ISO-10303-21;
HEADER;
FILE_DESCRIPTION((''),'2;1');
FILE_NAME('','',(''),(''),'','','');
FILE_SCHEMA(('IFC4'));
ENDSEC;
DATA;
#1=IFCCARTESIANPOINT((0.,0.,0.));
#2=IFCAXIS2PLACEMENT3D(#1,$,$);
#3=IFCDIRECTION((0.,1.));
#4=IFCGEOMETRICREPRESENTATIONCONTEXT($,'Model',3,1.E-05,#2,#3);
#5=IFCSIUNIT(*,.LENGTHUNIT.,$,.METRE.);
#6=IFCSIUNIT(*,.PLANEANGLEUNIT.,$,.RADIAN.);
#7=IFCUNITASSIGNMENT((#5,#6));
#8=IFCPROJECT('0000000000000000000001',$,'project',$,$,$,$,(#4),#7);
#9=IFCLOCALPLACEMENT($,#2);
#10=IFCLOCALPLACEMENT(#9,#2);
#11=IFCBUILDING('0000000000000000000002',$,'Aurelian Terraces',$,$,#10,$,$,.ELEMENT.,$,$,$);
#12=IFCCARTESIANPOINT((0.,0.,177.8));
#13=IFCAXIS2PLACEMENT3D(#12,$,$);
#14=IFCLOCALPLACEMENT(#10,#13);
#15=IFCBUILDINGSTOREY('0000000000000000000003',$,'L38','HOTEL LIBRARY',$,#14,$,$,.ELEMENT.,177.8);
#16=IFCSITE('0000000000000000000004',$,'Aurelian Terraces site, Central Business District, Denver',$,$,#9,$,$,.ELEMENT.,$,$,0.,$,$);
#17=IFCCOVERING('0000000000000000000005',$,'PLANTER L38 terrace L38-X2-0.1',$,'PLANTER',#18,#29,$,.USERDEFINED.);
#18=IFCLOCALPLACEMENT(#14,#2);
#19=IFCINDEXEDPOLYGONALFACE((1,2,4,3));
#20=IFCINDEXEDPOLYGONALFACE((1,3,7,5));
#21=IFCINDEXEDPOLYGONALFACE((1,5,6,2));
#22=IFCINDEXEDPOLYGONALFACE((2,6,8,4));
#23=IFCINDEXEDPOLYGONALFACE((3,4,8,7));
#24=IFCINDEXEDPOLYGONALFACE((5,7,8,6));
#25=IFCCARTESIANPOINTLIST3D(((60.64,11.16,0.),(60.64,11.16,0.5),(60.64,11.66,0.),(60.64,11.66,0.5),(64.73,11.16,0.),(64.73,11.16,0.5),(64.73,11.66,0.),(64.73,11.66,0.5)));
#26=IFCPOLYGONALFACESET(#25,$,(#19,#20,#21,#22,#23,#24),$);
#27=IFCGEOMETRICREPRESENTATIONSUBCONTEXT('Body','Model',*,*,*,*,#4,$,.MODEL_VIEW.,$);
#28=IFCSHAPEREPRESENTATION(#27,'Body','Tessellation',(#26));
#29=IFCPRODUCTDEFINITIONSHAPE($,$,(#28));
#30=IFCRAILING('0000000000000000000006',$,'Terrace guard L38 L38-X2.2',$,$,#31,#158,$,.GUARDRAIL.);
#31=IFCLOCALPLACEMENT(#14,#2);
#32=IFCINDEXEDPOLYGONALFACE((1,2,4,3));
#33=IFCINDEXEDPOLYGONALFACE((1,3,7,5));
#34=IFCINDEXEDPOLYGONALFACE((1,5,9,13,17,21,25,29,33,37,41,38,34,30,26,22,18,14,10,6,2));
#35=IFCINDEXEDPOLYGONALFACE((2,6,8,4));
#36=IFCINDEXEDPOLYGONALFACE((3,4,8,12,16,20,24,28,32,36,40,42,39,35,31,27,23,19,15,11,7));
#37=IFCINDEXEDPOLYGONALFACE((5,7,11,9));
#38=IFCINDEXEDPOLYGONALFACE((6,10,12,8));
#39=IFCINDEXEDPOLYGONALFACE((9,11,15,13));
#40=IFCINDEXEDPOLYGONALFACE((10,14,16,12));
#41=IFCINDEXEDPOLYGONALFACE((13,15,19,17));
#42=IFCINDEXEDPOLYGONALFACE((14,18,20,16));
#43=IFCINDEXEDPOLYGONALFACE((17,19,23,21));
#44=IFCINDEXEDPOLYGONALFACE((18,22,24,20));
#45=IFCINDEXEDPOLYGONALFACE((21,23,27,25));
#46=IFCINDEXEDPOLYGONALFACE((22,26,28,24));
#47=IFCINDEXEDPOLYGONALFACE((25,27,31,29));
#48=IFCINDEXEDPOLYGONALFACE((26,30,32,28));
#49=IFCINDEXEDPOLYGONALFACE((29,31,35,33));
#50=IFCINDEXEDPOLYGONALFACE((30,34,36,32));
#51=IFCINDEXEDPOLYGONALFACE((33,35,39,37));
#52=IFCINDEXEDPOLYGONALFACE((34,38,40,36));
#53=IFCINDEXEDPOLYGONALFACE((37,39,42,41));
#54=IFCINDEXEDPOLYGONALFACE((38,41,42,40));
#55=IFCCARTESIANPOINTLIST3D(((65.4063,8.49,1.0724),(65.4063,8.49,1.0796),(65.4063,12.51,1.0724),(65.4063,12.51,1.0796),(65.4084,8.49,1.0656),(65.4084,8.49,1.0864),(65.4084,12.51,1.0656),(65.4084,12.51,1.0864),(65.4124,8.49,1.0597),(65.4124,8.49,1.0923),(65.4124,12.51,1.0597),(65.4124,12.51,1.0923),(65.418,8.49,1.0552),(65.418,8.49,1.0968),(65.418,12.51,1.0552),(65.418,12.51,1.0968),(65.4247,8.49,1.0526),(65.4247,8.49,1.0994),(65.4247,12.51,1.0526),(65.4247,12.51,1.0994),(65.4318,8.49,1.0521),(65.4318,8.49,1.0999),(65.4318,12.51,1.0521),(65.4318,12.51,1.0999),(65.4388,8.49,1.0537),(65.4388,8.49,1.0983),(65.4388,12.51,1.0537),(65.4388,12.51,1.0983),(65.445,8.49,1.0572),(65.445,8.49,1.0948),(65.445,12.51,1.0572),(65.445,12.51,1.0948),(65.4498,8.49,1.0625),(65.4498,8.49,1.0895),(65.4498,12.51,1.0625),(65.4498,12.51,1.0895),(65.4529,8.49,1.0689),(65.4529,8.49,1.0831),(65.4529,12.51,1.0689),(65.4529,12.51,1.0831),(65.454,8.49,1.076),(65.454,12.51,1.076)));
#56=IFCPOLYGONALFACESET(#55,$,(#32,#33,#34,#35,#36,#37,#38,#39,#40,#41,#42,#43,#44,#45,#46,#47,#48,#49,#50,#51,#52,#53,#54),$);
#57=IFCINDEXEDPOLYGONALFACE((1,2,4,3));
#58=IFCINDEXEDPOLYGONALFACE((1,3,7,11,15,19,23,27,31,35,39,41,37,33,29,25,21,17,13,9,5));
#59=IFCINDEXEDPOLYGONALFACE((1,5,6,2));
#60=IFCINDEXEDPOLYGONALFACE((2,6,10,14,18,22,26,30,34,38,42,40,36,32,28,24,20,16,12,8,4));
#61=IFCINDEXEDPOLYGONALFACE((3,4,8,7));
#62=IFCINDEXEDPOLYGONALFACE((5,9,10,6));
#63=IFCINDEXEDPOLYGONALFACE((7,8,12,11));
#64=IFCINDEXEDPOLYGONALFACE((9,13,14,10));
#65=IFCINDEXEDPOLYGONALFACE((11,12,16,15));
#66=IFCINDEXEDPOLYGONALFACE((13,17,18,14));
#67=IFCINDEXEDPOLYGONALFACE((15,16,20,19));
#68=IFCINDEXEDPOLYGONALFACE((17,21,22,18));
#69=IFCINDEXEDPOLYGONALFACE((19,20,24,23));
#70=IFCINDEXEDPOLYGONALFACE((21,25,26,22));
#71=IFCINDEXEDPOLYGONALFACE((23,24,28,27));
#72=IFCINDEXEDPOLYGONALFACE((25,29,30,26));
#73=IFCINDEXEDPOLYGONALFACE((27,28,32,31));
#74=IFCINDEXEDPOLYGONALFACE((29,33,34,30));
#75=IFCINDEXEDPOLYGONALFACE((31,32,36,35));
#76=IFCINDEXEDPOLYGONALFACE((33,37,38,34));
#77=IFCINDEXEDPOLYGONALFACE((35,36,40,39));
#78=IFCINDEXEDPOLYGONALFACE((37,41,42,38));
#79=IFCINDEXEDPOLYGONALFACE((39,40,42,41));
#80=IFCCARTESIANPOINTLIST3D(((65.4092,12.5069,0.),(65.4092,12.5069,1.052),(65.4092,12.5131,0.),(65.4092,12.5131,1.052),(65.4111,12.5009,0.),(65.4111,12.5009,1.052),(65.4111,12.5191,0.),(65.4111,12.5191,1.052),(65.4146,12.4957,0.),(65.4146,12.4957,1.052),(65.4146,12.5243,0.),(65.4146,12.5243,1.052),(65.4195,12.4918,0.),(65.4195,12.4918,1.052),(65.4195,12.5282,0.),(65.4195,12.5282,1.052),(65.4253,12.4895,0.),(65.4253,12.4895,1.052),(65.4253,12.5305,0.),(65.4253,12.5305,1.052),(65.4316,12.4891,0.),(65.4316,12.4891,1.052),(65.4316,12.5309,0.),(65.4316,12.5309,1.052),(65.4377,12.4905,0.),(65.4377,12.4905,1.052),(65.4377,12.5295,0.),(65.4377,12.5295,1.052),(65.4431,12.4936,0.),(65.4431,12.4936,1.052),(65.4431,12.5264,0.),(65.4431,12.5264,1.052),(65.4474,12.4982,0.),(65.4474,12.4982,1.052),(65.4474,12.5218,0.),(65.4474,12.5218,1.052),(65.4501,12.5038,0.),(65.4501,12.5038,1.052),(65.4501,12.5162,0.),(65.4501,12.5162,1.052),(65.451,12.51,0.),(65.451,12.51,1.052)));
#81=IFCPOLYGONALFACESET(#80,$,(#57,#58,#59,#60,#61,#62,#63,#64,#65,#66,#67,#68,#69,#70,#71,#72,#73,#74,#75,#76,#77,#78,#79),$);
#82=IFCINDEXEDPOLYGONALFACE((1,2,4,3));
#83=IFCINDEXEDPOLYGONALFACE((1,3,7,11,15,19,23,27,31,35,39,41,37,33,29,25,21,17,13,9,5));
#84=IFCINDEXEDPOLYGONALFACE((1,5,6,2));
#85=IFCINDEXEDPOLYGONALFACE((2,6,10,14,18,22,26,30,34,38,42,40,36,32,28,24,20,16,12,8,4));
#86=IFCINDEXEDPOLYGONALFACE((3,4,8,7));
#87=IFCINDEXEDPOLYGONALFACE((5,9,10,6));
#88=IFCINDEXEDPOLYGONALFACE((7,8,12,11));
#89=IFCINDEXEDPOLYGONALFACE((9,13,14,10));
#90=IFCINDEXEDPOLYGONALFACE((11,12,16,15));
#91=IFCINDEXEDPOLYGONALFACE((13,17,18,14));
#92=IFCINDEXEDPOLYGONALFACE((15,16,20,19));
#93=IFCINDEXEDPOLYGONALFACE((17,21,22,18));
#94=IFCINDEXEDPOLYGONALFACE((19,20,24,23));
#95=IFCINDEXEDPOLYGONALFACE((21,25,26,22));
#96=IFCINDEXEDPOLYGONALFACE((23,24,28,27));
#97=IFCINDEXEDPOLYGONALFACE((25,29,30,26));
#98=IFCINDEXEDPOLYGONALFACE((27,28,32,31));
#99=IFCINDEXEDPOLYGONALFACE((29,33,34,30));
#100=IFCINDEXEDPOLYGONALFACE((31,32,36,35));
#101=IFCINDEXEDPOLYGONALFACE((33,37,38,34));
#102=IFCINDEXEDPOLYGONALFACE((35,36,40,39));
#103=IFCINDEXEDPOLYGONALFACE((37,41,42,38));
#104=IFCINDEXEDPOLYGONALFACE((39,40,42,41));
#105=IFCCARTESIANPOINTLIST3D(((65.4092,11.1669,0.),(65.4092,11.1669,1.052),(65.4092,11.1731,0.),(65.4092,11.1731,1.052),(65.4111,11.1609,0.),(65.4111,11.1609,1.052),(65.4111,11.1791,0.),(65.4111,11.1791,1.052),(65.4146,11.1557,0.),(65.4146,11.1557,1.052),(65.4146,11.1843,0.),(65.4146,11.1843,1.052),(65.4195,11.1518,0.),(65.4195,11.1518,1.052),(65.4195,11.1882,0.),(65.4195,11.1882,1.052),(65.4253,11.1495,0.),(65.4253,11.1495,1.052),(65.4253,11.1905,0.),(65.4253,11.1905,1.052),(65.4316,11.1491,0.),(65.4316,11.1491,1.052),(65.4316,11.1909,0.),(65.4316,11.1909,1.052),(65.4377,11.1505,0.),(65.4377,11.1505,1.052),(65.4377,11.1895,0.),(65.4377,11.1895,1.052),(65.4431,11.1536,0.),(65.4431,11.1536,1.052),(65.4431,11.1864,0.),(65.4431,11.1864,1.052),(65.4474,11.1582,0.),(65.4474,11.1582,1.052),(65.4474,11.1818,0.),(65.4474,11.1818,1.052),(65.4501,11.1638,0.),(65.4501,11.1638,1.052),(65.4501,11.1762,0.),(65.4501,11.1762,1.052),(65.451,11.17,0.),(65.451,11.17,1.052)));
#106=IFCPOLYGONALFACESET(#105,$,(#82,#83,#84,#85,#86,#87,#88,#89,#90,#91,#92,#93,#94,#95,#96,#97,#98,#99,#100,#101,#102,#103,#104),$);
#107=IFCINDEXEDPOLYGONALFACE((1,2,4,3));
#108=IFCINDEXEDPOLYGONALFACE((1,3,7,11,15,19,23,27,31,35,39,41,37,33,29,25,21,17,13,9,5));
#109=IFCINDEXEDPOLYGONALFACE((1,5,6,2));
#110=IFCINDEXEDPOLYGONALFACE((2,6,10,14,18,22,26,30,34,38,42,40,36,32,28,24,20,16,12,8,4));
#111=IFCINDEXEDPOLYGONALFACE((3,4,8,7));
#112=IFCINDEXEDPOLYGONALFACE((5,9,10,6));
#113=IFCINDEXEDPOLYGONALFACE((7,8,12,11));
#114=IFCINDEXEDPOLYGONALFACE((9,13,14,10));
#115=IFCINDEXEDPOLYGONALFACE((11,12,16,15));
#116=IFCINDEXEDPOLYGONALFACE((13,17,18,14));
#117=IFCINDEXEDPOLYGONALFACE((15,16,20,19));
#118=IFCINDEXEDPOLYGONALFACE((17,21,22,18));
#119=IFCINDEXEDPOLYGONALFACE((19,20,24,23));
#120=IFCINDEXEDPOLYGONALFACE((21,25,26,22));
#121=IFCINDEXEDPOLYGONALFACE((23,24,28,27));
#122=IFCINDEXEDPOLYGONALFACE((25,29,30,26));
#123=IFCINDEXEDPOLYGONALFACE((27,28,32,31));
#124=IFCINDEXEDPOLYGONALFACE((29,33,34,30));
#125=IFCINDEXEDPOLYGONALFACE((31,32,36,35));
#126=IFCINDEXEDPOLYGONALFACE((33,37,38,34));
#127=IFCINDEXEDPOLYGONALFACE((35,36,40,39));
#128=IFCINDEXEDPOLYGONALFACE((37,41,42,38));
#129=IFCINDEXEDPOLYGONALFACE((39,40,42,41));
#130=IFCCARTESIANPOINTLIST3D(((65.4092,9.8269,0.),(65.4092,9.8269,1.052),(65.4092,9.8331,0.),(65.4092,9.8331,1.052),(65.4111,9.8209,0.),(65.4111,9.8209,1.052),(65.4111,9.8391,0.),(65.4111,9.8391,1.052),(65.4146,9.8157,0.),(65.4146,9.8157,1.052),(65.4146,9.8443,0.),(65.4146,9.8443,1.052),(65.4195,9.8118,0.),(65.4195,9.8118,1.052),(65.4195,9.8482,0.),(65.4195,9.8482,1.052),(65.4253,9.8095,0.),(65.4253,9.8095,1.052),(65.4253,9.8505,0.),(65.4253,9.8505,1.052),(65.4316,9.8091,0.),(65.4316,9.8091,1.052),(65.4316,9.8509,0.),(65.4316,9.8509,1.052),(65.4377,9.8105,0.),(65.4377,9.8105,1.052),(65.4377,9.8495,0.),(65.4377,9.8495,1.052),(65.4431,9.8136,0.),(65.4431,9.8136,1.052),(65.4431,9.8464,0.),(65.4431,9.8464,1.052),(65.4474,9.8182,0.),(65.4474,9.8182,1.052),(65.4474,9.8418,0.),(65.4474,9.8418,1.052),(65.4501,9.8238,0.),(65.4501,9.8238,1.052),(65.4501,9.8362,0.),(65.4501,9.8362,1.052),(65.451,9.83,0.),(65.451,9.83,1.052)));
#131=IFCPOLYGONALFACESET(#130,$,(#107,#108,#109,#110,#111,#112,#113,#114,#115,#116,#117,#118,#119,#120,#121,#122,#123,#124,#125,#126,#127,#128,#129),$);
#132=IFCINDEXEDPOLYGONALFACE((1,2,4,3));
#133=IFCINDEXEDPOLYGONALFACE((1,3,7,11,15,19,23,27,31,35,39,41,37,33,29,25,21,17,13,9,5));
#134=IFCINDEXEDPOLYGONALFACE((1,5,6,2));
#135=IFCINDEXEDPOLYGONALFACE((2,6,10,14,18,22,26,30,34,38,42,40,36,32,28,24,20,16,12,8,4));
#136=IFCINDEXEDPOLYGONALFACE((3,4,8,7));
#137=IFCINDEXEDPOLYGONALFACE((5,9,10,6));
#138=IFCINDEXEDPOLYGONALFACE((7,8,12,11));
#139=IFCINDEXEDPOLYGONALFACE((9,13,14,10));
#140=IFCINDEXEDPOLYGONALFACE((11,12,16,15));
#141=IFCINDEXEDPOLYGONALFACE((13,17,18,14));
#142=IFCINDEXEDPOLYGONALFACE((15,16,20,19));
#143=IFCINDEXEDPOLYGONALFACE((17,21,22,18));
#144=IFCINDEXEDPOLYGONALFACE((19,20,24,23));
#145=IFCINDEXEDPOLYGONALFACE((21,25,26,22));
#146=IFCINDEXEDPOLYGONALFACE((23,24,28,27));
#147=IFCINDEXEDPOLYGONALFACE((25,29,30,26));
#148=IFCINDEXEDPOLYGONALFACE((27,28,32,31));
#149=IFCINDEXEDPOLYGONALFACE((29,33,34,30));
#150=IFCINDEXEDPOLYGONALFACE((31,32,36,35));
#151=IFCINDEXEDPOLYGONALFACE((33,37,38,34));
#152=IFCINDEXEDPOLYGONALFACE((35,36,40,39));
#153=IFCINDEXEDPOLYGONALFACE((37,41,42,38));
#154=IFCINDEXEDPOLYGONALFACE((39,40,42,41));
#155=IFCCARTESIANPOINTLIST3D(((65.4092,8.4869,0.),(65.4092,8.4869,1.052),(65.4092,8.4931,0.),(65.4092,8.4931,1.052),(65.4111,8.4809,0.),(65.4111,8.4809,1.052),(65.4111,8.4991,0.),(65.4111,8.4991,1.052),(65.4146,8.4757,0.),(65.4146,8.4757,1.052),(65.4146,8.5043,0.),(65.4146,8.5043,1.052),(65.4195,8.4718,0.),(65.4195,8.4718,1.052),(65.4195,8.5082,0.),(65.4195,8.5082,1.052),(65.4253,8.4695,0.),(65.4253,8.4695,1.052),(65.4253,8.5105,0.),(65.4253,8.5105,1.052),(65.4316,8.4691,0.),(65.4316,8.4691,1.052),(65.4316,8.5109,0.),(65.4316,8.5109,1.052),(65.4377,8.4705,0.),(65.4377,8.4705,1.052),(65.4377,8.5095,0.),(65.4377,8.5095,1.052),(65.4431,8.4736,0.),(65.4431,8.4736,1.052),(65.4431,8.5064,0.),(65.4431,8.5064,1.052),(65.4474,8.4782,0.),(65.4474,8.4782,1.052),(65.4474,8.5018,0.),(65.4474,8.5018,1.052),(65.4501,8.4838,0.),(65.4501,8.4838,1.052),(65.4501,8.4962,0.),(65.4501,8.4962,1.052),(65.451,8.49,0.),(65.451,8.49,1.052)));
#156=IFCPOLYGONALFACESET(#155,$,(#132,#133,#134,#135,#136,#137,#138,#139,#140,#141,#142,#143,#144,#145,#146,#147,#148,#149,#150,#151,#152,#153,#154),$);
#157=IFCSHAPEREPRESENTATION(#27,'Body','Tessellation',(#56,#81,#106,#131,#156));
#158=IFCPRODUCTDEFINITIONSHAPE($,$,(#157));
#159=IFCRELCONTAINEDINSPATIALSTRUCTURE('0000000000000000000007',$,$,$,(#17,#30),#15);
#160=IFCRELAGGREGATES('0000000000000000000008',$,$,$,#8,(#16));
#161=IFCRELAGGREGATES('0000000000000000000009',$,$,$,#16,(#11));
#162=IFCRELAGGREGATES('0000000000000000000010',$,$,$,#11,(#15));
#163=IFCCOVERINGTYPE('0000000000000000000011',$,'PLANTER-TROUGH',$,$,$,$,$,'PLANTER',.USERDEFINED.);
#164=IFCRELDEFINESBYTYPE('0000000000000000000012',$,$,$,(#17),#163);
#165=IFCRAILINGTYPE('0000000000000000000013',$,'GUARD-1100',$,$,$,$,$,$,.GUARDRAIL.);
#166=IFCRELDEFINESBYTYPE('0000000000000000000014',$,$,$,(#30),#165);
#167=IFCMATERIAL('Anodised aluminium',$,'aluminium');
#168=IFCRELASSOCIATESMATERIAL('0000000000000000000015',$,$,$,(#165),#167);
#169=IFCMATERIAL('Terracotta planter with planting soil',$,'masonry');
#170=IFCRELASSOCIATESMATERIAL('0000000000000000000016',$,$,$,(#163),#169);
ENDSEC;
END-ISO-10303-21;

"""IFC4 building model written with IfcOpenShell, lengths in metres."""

from ifc_helpers import new_model, si_unit, direction, frame, origin, origin_2d, place, context, subcontext, project, spatial, rectangle, circle, extrude, source, transform, mapped, material, type_object, element, save


model = new_model("IFC4")

# Units and contexts
model_context = context("Model", 3, precision=1e-05, world=origin(), true_north=direction((0.0, 1.0)))
body_context = subcontext(model_context, "Body", "Model", "MODEL_VIEW")
ifc_project = project(units=[si_unit("LENGTHUNIT", "METRE"), si_unit("PLANEANGLEUNIT", "RADIAN")], contexts=[model_context])

# Site, building, storey
site_placement = place(None, origin())
site = spatial("IfcSite", under=ifc_project, at=site_placement, Name="Aurelian Terraces site, Central Business District, Denver", CompositionType="ELEMENT", RefElevation=0.0)
building_placement = place(site_placement, origin())
building = spatial("IfcBuilding", under=site, at=building_placement, Name="Aurelian Terraces", CompositionType="ELEMENT")
storey_placement = place(building_placement, frame((0.0, 0.0, 177.8)))
storey = spatial("IfcBuildingStorey", under=building, at=storey_placement, Name="L38", Description="HOTEL LIBRARY", CompositionType="ELEMENT", Elevation=177.8)

# Shared definitions
ifc_material_1 = material(Name="Anodised aluminium", Category="aluminium")
railing_type = type_object("IfcRailingType", Name="GUARD-1100", PredefinedType="GUARDRAIL", material=ifc_material_1)

# Covering
ifc_material_2 = material(Name="Terracotta planter with planting soil", Category="masonry")
covering_type = type_object("IfcCoveringType", Name="PLANTER-TROUGH", ElementType="PLANTER", PredefinedType="USERDEFINED", material=ifc_material_2)
shared_shape_1 = source(origin(), body_context, "Body", "SweptSolid", [
    extrude(rectangle(XDim=4.09, YDim=0.5, at=origin_2d()), origin(), (0.0, 0.0, 1.0), 0.5),
])
covering_1_placement = place(storey_placement, frame((62.685, 11.41, 0.0), z_axis=(0.0, 0.0, 1.0), x_axis=(1.0, 0.0, 0.0)))
element("IfcCovering", 1, at=covering_1_placement, inside=storey, type_object=covering_type, Name="PLANTER L38 terrace L38-X2-0.1", ObjectType="PLANTER", PredefinedType="USERDEFINED", context=body_context, shape_type="MappedRepresentation", body=[
    mapped(shared_shape_1, transform((0.0, 0.0, 0.0), scale=1.0)),
])

# Railing
shared_shape_2 = source(origin(), body_context, "Body", "SweptSolid", [
    extrude(circle(Radius=0.024, at=origin_2d()), frame((0.0, 0.0, 1.076), z_axis=(0.0, -1.0, 0.0), x_axis=(1.0, 0.0, 0.0)), (0.0, 0.0, 1.0), 4.02),
    extrude(circle(Radius=0.021, at=origin_2d()), origin(), (0.0, 0.0, 1.0), 1.052),
    extrude(circle(Radius=0.021, at=origin_2d()), frame((0.0, -1.34, 0.0)), (0.0, 0.0, 1.0), 1.052),
    extrude(circle(Radius=0.021, at=origin_2d()), frame((0.0, -2.68, 0.0)), (0.0, 0.0, 1.0), 1.052),
    extrude(circle(Radius=0.021, at=origin_2d()), frame((0.0, -4.02, 0.0)), (0.0, 0.0, 1.0), 1.052),
])
railing_1_placement = place(storey_placement, frame((65.43, 12.51, 0.0)))
element("IfcRailing", 2, at=railing_1_placement, inside=storey, type_object=railing_type, Name="Terrace guard L38 L38-X2.2", PredefinedType="GUARDRAIL", context=body_context, shape_type="MappedRepresentation", body=[
    mapped(shared_shape_2, transform((0.0, 0.0, 0.0), scale=1.0)),
])

save(model, "model.ifc")
